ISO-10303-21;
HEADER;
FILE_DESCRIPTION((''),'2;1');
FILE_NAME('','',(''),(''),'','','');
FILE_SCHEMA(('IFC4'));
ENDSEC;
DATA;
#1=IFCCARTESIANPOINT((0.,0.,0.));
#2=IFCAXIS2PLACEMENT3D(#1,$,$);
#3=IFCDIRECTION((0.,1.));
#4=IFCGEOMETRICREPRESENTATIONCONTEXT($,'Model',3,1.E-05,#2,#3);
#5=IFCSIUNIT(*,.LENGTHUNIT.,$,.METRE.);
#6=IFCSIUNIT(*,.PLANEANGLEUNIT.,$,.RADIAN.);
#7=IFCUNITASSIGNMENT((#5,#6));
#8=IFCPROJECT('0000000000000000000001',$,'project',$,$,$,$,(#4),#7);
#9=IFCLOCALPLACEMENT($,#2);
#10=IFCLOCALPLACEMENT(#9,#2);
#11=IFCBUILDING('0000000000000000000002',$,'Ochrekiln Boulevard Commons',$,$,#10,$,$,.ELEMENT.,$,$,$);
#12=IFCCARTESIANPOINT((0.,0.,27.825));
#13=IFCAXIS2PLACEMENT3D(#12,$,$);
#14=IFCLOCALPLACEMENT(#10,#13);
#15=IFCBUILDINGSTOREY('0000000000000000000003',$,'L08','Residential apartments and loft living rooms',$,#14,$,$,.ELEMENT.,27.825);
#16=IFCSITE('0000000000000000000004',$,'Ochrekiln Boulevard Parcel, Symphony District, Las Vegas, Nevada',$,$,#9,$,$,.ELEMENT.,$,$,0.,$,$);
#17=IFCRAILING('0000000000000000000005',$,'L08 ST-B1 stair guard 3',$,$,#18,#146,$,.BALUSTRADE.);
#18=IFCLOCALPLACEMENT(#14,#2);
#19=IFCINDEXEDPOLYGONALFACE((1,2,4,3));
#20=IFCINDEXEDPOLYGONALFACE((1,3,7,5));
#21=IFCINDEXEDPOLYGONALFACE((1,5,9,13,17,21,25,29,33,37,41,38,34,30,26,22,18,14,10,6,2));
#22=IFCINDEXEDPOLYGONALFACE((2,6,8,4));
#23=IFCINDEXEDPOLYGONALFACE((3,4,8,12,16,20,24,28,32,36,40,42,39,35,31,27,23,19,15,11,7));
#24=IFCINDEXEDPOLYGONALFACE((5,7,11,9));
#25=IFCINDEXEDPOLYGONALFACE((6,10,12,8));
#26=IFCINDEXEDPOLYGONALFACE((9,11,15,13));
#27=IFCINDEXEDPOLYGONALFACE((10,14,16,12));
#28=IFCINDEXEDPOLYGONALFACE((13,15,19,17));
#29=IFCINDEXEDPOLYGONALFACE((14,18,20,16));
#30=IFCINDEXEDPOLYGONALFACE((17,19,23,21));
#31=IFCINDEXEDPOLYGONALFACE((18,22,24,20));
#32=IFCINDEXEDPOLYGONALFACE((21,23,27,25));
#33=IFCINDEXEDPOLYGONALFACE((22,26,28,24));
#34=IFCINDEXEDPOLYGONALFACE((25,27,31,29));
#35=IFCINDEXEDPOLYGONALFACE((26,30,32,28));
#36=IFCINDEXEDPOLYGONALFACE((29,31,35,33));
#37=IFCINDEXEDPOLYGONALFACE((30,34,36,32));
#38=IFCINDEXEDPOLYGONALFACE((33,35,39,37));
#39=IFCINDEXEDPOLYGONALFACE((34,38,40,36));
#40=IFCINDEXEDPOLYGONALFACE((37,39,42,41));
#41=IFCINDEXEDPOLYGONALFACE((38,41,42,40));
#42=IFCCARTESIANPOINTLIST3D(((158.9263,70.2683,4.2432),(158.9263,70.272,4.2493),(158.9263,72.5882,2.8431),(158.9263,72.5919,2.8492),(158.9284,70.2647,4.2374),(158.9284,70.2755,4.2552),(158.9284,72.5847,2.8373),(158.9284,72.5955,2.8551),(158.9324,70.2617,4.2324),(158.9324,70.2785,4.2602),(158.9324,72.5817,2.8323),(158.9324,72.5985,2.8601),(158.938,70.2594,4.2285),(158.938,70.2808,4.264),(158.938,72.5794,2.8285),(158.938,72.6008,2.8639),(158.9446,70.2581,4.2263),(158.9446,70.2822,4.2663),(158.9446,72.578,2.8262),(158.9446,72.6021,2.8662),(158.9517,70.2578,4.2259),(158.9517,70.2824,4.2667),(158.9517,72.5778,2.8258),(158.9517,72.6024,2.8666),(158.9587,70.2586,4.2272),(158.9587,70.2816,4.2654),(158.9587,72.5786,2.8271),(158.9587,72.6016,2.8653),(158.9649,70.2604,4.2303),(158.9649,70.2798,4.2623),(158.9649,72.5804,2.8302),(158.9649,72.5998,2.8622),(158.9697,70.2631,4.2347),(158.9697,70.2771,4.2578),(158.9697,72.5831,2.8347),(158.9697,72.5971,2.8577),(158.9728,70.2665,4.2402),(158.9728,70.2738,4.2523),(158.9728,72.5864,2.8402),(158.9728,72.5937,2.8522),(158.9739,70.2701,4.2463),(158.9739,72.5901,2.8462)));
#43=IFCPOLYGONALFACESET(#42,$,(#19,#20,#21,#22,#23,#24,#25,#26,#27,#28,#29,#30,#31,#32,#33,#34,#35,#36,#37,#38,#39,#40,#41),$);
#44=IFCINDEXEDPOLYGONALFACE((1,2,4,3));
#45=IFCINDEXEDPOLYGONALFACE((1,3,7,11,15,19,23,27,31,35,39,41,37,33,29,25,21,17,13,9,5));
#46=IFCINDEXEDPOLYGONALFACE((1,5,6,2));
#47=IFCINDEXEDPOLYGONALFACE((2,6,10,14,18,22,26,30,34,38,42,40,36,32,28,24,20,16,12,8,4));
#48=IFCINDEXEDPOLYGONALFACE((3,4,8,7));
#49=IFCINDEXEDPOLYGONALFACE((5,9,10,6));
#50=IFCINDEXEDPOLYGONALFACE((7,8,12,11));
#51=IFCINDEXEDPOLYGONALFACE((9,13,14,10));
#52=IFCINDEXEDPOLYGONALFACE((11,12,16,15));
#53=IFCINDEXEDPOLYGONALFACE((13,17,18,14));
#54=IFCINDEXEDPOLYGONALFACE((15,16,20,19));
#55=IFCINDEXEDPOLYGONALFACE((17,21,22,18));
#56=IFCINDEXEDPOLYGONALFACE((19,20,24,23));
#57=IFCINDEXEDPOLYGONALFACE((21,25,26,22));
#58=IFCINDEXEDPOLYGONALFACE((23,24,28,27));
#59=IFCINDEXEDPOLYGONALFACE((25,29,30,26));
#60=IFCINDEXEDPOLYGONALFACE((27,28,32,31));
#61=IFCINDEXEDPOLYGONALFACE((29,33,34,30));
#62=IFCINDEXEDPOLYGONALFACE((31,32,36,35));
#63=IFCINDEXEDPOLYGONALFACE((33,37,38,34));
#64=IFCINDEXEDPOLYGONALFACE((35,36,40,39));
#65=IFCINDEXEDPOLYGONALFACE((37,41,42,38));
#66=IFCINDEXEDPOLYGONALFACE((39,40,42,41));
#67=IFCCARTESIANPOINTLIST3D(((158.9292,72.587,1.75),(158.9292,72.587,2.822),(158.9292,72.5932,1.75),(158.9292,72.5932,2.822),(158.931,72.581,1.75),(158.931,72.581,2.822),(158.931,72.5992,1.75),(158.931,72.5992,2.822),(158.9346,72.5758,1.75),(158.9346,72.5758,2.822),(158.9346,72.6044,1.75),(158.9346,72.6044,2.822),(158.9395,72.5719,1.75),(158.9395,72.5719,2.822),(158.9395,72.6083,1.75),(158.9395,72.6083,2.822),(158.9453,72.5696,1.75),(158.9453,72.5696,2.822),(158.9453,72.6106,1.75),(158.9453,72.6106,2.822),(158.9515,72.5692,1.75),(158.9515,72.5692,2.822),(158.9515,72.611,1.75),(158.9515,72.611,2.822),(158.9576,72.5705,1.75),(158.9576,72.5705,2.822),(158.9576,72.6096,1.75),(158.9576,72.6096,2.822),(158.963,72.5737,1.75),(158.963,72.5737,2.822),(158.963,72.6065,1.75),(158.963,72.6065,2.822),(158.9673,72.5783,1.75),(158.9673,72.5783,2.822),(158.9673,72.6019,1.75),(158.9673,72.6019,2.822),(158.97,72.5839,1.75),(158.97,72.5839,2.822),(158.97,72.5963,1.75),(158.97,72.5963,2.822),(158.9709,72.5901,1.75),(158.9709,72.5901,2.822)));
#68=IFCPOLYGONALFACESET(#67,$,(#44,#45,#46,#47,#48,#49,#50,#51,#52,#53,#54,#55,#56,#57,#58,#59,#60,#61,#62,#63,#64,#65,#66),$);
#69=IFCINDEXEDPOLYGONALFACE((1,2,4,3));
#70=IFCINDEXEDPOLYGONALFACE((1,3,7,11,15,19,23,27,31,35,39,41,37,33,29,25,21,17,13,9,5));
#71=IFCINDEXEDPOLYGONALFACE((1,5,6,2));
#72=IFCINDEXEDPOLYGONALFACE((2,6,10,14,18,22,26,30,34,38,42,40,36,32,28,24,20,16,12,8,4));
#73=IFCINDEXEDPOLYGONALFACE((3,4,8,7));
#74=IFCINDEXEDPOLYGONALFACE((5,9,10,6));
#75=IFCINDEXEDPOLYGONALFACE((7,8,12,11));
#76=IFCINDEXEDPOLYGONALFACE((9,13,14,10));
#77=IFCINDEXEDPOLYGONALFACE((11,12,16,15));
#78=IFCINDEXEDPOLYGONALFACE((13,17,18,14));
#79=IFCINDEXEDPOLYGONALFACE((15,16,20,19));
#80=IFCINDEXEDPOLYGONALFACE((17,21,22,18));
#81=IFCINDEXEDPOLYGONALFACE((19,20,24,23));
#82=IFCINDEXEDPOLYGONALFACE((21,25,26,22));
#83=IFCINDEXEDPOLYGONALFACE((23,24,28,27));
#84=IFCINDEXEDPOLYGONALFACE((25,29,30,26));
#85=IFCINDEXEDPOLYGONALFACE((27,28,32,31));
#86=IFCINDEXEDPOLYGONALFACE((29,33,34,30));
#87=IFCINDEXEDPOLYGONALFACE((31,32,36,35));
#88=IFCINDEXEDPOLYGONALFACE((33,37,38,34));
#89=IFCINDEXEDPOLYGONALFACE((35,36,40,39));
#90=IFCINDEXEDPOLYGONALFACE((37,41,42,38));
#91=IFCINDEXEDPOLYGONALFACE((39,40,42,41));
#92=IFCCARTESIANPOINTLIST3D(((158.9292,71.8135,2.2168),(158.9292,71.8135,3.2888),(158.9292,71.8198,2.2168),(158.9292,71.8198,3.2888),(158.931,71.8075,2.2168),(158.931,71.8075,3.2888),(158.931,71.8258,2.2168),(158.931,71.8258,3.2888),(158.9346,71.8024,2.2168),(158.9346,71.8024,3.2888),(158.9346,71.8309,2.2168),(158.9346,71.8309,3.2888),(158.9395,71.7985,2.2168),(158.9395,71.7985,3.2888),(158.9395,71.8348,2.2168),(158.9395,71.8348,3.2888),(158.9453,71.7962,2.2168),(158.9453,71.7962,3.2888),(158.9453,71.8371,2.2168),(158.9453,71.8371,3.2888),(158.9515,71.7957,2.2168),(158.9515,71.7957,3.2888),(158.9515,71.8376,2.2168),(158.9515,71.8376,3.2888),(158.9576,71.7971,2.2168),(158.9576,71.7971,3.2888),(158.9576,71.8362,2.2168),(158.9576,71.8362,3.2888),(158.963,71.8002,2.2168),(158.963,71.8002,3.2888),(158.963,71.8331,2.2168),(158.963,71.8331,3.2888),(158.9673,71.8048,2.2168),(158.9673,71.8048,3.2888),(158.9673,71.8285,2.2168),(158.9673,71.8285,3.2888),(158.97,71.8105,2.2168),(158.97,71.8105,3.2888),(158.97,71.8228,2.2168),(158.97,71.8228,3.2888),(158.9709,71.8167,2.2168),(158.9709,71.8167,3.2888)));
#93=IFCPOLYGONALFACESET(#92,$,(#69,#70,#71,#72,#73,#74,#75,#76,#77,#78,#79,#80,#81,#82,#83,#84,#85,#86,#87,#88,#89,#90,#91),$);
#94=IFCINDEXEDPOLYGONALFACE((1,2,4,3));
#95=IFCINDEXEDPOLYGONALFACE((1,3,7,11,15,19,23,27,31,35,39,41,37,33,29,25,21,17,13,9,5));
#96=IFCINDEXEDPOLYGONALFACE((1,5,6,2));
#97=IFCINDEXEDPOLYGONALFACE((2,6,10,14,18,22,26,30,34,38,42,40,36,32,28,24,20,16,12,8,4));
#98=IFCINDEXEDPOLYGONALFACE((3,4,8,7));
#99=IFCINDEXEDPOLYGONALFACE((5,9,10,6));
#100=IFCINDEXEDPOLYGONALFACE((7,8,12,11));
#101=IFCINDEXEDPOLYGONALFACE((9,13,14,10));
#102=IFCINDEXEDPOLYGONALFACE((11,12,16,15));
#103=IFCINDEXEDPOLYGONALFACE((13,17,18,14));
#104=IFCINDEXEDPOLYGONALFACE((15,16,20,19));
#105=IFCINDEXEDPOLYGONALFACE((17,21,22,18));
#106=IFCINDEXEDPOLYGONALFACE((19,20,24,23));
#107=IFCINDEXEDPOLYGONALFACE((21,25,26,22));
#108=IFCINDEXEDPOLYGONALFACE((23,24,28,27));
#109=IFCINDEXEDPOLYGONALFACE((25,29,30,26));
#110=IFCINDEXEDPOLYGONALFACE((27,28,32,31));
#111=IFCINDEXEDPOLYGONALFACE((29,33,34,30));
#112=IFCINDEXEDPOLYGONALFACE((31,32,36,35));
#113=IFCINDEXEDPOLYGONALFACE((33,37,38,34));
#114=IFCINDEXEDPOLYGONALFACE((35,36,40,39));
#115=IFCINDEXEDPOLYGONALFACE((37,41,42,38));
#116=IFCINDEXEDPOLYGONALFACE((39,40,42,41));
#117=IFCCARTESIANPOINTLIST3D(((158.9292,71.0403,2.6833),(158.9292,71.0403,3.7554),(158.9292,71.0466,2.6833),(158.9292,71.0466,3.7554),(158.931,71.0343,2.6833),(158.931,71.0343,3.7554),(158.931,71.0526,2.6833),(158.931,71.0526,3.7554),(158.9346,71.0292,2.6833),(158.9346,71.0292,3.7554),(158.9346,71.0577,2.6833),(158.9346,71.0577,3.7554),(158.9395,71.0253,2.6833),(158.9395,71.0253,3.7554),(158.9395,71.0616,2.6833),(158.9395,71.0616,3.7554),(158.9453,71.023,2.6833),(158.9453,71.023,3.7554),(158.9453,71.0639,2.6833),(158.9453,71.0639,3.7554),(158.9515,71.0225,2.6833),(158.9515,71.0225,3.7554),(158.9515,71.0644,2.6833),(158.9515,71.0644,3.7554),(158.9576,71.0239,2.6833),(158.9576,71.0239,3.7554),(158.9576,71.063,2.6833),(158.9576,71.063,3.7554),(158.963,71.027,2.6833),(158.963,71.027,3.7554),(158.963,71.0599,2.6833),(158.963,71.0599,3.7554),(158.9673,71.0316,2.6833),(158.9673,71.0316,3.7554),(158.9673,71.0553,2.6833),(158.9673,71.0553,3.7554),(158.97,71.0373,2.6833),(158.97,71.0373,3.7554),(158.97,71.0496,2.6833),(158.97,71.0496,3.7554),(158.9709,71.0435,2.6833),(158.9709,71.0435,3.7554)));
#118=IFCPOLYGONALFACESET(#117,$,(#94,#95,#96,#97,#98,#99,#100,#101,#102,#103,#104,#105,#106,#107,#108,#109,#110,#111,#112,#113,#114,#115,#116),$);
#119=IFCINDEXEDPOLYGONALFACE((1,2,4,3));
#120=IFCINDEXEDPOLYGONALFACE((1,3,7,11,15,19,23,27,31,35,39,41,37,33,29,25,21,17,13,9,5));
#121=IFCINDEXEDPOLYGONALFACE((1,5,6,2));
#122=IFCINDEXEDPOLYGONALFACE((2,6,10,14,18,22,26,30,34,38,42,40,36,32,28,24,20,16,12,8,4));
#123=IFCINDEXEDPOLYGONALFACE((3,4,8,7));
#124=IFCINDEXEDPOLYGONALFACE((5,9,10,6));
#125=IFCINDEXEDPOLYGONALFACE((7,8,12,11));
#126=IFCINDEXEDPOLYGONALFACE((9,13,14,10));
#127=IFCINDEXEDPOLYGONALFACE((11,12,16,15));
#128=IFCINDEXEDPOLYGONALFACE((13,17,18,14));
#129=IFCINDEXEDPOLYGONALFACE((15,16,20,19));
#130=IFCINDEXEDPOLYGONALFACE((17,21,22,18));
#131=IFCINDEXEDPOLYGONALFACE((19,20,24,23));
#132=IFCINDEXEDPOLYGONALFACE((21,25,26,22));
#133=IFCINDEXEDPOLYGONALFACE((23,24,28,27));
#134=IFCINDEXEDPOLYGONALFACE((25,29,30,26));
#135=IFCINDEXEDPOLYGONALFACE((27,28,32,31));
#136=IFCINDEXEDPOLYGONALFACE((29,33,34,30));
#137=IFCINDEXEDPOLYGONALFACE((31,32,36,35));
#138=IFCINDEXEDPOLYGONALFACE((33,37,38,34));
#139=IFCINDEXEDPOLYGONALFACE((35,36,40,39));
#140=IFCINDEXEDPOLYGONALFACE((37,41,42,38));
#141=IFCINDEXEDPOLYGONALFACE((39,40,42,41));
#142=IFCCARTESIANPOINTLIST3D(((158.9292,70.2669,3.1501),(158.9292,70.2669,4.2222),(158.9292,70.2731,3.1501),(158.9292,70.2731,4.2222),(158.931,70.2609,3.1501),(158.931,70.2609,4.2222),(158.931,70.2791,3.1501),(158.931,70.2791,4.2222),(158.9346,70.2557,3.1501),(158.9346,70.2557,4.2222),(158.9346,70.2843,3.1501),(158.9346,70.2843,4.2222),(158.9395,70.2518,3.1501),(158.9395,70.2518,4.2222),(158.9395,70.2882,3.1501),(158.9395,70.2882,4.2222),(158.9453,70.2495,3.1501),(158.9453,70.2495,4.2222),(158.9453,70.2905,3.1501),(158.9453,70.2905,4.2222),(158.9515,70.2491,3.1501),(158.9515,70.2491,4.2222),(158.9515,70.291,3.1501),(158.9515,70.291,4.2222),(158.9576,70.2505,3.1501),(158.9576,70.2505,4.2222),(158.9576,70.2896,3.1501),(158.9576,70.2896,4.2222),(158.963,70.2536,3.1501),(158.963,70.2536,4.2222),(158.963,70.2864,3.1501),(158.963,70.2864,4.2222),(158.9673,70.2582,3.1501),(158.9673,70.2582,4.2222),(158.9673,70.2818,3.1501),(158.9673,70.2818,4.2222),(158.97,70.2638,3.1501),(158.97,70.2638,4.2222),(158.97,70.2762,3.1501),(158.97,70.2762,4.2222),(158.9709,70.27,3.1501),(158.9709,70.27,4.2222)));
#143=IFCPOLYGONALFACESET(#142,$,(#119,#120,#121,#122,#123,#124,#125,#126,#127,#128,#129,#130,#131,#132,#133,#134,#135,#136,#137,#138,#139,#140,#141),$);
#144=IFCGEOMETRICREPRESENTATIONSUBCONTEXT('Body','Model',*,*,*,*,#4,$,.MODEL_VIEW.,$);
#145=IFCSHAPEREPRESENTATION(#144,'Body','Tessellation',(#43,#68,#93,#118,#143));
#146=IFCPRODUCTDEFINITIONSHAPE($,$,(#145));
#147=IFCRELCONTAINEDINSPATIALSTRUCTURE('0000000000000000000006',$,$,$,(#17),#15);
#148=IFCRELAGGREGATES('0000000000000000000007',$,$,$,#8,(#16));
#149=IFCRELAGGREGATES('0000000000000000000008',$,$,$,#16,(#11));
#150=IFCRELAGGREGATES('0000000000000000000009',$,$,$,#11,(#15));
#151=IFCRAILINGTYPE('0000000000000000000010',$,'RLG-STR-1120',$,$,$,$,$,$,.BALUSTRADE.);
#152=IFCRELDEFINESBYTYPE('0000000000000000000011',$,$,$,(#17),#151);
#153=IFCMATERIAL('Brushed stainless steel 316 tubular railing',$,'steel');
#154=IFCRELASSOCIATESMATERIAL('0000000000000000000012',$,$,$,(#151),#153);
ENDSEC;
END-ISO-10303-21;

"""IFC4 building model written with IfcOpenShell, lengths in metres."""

from ifc_helpers import new_model, si_unit, direction, frame, origin, origin_2d, place, context, subcontext, project, spatial, circle, extrude, material, type_object, element, save


model = new_model("IFC4")

# Units and contexts
model_context = context("Model", 3, precision=1e-05, world=origin(), true_north=direction((0.0, 1.0)))
body_context = subcontext(model_context, "Body", "Model", "MODEL_VIEW")
ifc_project = project(units=[si_unit("LENGTHUNIT", "METRE"), si_unit("PLANEANGLEUNIT", "RADIAN")], contexts=[model_context])

# Site, building, storey
site_placement = place(None, origin())
site = spatial("IfcSite", under=ifc_project, at=site_placement, Name="Ochrekiln Boulevard Parcel, Symphony District, Las Vegas, Nevada", CompositionType="ELEMENT", RefElevation=0.0)
building_placement = place(site_placement, origin())
building = spatial("IfcBuilding", under=site, at=building_placement, Name="Ochrekiln Boulevard Commons", CompositionType="ELEMENT")
storey_placement = place(building_placement, frame((0.0, 0.0, 27.825)))
storey = spatial("IfcBuildingStorey", under=building, at=storey_placement, Name="L08", Description="Residential apartments and loft living rooms", CompositionType="ELEMENT", Elevation=27.825)

# Railing
ifc_material_1 = material(Name="Brushed stainless steel 316 tubular railing", Category="steel")
railing_type_1 = type_object("IfcRailingType", Name="RLG-STR-1120", PredefinedType="BALUSTRADE", material=ifc_material_1)
railing_1_placement = place(storey_placement, frame((158.95, 72.5901, 1.75)))
element("IfcRailing", 1, at=railing_1_placement, inside=storey, type_object=railing_type_1, Name="L08 ST-B1 stair guard 3", PredefinedType="BALUSTRADE", context=body_context, shape_type="SweptSolid", body=[
    extrude(circle(Radius=0.0239, at=origin_2d()), frame((0.0, 0.0, 1.0962), z_axis=(0.0, -0.85617, 0.516693), x_axis=(1.0, 0.0, 0.0)), (0.0, 0.0, 1.0), 2.7097),
    extrude(circle(Radius=0.021, at=origin_2d()), origin(), (0.0, 0.0, 1.0), 1.072),
    extrude(circle(Radius=0.021, at=origin_2d()), frame((0.0, -0.7734, 0.4668)), (0.0, 0.0, 1.0), 1.072),
    extrude(circle(Radius=0.021, at=origin_2d()), frame((0.0, -1.5466, 0.9333)), (0.0, 0.0, 1.0), 1.072),
    extrude(circle(Radius=0.021, at=origin_2d()), frame((0.0, -2.3201, 1.4001)), (0.0, 0.0, 1.0), 1.072),
])

save(model, "model.ifc")
